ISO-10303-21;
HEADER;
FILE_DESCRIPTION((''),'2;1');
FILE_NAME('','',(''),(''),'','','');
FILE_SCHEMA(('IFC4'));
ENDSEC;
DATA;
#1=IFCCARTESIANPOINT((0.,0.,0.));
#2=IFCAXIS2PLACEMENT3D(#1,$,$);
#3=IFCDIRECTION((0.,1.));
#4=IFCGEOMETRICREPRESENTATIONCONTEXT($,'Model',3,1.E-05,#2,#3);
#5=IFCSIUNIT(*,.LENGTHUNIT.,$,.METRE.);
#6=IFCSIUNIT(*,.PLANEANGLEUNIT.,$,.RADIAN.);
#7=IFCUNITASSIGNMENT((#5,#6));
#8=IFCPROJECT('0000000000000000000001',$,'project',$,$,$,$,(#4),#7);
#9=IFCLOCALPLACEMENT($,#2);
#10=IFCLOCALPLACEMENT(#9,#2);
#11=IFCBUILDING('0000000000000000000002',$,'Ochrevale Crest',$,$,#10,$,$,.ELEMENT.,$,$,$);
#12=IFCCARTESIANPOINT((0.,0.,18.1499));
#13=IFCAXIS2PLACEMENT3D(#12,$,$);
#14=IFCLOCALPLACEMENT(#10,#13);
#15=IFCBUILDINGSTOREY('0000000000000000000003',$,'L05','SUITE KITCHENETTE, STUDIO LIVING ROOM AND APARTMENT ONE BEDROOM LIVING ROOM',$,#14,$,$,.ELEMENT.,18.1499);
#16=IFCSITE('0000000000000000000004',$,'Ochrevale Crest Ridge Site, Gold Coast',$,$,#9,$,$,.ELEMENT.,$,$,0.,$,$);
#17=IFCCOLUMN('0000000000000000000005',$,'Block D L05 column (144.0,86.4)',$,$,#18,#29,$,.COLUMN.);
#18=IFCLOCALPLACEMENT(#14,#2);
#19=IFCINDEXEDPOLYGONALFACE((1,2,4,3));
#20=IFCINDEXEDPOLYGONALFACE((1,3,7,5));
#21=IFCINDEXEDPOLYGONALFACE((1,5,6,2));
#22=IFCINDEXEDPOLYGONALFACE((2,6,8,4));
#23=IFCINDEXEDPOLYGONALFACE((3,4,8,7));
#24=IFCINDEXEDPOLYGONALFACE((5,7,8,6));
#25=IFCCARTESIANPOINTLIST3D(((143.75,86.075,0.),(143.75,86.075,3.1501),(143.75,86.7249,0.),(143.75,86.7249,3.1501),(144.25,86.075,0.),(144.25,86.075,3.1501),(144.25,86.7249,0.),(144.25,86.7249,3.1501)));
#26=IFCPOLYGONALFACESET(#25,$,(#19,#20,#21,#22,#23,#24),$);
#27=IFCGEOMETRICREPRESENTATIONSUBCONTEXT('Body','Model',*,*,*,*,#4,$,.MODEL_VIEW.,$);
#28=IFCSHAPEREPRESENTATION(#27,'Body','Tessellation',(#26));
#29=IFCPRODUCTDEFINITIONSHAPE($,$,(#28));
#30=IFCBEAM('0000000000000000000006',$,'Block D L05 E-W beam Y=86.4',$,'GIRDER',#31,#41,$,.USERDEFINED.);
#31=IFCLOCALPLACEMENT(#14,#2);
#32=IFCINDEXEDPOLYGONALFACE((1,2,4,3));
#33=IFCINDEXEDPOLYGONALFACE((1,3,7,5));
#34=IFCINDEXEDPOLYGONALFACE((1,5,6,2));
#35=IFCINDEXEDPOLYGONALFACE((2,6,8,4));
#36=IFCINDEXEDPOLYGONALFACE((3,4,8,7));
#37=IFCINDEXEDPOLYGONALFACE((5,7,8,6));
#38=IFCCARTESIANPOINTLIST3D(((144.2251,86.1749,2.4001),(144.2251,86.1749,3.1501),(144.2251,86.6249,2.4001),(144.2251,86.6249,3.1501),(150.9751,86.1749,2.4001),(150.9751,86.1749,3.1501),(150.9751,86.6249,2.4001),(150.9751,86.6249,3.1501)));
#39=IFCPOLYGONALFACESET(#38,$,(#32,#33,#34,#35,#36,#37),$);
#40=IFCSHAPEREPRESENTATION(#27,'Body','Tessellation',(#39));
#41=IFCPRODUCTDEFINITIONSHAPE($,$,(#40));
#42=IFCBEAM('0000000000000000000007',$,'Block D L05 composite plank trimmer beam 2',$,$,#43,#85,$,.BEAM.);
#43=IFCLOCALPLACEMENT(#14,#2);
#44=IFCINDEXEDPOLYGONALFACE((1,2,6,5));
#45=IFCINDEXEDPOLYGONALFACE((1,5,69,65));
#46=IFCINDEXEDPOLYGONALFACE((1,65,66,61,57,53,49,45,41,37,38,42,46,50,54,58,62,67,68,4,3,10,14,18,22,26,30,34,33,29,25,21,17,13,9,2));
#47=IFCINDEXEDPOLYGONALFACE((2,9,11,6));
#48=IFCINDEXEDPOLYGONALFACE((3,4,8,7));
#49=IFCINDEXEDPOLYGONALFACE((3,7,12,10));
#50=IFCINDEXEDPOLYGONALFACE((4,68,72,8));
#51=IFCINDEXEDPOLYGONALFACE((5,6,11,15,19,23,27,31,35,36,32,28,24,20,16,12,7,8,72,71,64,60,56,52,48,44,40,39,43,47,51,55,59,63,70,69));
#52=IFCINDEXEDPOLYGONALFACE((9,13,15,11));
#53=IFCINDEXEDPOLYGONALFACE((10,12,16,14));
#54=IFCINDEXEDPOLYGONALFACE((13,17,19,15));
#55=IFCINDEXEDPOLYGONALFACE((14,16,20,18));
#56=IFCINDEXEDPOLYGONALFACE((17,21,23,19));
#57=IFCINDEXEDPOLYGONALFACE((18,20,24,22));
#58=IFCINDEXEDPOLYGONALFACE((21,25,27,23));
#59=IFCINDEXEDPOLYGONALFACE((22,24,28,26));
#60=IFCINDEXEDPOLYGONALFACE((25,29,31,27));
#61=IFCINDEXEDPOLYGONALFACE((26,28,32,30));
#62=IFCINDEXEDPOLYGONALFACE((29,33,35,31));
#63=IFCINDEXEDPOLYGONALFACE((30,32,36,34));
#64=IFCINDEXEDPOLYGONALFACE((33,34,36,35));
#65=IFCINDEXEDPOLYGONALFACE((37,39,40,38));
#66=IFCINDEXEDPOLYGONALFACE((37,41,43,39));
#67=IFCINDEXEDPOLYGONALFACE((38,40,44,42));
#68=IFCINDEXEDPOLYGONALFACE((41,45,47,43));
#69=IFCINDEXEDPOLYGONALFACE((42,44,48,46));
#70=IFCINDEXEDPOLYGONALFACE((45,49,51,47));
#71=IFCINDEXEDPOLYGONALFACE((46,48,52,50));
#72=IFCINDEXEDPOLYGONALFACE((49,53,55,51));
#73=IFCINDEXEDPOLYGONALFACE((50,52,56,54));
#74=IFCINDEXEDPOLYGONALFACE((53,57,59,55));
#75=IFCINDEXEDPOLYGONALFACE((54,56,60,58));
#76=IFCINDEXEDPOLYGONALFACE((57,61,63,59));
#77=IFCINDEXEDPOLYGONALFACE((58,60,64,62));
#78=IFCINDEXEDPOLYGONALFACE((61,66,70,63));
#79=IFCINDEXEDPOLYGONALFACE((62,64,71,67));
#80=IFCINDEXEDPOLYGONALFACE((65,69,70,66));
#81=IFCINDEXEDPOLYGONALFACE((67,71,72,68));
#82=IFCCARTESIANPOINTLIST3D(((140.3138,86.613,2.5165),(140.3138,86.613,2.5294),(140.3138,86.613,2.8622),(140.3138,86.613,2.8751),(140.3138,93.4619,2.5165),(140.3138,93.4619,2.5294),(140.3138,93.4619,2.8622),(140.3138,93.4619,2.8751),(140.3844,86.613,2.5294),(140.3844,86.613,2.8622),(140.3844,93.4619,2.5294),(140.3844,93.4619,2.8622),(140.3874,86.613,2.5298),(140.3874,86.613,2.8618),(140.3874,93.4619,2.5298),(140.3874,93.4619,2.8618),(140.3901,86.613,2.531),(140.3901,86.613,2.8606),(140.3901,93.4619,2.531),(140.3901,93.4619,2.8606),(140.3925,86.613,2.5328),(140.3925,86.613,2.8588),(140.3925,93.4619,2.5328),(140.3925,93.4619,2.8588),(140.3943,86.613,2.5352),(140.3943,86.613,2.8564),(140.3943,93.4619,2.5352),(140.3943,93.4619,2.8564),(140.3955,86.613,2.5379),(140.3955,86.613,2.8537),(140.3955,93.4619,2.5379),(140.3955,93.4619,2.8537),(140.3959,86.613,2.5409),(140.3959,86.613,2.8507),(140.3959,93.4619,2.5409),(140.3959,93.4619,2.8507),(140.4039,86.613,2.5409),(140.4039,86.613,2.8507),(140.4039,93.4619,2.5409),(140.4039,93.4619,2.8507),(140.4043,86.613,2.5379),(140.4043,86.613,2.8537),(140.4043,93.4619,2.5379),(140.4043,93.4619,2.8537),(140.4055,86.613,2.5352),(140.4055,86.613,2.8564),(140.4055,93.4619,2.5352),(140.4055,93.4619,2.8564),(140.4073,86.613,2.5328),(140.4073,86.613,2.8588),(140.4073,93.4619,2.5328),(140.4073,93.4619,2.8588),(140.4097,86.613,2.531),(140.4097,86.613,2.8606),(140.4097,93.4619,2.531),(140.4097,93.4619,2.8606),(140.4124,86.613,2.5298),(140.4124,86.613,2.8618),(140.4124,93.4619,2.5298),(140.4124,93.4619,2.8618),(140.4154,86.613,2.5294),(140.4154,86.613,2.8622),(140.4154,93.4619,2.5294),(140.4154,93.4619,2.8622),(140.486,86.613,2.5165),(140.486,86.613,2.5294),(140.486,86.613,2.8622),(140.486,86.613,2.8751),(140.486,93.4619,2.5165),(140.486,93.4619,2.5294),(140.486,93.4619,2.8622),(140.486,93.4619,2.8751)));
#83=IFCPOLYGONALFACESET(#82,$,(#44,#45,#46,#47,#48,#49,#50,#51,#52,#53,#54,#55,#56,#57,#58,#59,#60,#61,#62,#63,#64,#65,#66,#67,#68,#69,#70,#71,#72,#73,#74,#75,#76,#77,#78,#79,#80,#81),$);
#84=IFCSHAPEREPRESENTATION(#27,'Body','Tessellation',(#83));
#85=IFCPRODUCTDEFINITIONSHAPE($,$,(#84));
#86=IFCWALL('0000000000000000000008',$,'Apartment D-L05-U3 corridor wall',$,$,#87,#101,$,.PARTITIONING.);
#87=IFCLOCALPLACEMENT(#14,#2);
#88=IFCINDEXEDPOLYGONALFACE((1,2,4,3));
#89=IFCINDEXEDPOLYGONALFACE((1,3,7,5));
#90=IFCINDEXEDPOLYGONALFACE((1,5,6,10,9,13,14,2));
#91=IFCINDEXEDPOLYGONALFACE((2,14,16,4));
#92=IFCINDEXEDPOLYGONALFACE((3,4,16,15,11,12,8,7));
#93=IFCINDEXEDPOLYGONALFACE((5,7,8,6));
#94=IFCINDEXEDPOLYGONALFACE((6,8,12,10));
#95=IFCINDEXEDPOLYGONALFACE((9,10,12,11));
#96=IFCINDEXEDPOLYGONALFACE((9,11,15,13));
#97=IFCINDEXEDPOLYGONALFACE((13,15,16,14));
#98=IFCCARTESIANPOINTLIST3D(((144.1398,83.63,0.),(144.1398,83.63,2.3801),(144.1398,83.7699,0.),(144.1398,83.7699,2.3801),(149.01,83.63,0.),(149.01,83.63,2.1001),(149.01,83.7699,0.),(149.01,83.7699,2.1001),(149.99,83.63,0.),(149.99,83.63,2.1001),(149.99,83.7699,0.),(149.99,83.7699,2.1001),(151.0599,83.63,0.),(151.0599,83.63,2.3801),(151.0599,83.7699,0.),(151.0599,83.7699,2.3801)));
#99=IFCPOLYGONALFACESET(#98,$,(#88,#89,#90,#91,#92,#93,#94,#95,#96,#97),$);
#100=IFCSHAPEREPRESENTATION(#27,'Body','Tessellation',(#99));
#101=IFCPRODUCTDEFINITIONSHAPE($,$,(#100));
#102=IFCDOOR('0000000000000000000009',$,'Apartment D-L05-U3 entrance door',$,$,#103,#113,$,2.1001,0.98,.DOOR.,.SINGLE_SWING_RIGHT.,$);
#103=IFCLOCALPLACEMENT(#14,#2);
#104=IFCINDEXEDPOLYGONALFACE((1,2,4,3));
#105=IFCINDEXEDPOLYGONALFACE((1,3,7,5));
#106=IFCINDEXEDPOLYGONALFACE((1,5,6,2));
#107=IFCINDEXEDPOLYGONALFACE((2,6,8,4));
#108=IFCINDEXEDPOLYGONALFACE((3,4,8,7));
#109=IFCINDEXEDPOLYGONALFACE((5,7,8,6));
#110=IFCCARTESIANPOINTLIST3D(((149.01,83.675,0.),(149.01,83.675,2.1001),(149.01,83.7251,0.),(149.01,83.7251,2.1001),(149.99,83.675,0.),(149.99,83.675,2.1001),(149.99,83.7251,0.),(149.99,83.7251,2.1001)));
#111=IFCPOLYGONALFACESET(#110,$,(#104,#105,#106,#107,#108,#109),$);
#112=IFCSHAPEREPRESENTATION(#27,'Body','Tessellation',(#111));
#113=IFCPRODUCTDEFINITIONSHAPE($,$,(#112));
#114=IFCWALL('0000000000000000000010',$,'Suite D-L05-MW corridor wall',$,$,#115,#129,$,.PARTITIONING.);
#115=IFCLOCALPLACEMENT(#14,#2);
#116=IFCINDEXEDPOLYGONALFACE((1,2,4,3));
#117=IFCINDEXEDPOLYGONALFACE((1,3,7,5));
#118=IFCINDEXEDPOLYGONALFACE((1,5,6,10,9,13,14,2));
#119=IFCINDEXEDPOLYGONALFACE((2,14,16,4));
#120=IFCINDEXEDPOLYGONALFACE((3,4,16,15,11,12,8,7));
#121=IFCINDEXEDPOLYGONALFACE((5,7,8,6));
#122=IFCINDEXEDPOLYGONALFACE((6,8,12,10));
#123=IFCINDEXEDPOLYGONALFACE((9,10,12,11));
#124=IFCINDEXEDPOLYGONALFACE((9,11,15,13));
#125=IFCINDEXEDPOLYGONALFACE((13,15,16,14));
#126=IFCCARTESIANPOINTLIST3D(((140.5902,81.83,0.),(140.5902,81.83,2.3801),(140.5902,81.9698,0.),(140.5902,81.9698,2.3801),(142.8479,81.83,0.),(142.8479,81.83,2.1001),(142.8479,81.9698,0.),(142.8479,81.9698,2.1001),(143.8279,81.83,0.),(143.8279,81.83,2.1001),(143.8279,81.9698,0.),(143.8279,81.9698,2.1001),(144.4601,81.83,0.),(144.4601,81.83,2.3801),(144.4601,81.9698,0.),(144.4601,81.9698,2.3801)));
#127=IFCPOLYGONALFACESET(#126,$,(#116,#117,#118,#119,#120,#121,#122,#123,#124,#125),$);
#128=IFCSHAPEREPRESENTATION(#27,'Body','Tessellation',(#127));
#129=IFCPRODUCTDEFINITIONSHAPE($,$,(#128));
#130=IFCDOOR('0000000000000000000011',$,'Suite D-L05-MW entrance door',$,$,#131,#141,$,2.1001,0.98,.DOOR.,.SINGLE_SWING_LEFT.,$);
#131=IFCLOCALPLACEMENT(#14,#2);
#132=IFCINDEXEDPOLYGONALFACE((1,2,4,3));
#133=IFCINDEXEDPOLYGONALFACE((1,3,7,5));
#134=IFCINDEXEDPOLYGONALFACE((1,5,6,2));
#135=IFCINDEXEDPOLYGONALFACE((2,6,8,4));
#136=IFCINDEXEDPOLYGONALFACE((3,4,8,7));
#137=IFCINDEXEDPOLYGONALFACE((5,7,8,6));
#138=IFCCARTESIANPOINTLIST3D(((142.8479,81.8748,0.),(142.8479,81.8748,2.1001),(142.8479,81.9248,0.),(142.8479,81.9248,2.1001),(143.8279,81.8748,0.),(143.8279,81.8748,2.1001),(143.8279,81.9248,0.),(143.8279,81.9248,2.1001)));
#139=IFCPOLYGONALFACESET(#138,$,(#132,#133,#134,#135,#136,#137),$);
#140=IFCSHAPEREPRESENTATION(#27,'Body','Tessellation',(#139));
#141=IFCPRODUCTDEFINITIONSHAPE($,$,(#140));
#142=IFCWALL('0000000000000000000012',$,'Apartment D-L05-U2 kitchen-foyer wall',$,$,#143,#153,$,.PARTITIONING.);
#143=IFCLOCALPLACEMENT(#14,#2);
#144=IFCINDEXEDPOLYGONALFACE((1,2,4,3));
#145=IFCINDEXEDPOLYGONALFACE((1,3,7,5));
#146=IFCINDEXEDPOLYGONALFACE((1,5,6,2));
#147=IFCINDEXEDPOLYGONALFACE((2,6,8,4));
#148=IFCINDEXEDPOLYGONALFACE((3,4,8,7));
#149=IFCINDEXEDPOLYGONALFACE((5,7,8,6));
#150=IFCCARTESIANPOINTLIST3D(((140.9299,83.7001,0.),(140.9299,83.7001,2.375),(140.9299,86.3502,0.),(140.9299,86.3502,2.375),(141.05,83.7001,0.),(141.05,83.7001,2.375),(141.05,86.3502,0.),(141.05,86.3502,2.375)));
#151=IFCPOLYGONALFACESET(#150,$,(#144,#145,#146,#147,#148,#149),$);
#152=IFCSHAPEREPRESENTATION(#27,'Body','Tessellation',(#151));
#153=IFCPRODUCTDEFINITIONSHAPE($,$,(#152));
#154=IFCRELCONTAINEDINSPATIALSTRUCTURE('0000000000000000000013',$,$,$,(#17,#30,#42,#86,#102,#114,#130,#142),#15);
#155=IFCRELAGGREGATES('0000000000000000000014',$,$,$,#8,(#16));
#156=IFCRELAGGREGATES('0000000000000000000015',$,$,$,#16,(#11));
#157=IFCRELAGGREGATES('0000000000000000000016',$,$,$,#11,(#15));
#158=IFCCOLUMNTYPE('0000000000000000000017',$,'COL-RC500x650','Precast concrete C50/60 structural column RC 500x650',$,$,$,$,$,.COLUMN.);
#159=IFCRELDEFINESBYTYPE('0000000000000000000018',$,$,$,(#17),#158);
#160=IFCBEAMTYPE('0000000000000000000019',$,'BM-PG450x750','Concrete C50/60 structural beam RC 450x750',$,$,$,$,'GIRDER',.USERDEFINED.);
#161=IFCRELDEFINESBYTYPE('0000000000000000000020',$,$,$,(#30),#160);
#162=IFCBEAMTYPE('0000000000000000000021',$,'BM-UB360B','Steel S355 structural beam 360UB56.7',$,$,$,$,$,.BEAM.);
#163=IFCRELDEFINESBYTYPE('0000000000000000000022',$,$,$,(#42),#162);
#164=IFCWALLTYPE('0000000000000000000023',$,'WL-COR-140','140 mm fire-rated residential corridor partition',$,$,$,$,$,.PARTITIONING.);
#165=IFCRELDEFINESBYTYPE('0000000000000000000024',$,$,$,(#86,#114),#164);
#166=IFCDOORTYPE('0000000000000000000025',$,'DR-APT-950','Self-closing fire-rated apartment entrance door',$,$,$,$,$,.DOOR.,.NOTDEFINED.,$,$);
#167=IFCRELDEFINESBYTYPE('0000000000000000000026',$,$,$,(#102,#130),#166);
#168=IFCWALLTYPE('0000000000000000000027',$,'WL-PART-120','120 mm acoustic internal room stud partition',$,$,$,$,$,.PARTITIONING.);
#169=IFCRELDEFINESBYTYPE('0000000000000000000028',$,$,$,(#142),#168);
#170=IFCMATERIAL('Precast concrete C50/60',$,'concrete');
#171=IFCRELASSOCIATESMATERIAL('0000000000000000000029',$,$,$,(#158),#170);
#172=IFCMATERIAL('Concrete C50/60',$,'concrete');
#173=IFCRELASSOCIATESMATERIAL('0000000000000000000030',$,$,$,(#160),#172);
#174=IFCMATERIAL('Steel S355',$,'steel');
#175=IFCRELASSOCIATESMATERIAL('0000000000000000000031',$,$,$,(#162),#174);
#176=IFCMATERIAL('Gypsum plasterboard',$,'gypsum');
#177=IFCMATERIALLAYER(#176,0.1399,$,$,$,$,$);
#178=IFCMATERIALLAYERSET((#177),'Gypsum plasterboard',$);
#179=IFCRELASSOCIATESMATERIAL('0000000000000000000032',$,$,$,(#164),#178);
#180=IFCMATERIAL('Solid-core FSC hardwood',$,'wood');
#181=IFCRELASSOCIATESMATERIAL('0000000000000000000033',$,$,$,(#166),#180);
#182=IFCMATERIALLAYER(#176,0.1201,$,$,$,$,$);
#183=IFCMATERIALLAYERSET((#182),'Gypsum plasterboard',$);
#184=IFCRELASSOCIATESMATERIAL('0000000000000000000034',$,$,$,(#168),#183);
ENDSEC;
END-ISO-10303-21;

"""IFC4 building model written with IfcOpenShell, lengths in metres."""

from ifc_helpers import new_model, si_unit, direction, frame, frame_2d, origin, origin_2d, place, context, subcontext, project, spatial, rectangle, i_section, extrude, material, layer, layer_set, material_profile, profile_set, type_object, element, fill, save


model = new_model("IFC4")

# Units and contexts
model_context = context("Model", 3, precision=1e-05, world=origin(), true_north=direction((0.0, 1.0)))
body_context = subcontext(model_context, "Body", "Model", "MODEL_VIEW")
ifc_project = project(units=[si_unit("LENGTHUNIT", "METRE"), si_unit("PLANEANGLEUNIT", "RADIAN")], contexts=[model_context])

# Site, building, storey
site_placement = place(None, origin())
site = spatial("IfcSite", under=ifc_project, at=site_placement, Name="Ochrevale Crest Ridge Site, Gold Coast", CompositionType="ELEMENT", RefElevation=0.0)
building_placement = place(site_placement, origin())
building = spatial("IfcBuilding", under=site, at=building_placement, Name="Ochrevale Crest", CompositionType="ELEMENT")
storey_placement = place(building_placement, frame((0.0, 0.0, 18.1499)))
storey = spatial("IfcBuildingStorey", under=building, at=storey_placement, Name="L05", Description="SUITE KITCHENETTE, STUDIO LIVING ROOM AND APARTMENT ONE BEDROOM LIVING ROOM", CompositionType="ELEMENT", Elevation=18.1499)

# Column
ifc_material_1 = material(Name="Precast concrete C50/60", Category="concrete")
ifc_material_profile_1 = material_profile(ifc_material_1, rectangle(XDim=0.5, YDim=0.6499, at=origin_2d()), Name="RC 500x650")
ifc_profile_set_1 = profile_set([ifc_material_profile_1], Name="Precast concrete C50/60")
column_type = type_object("IfcColumnType", Name="COL-RC500x650", Description="Precast concrete C50/60 structural column RC 500x650", PredefinedType="COLUMN", material=ifc_profile_set_1)
column_placement = place(storey_placement, frame((144.0, 86.3999, 0.0), z_axis=(0.0, 0.0, 1.0), x_axis=(1.0, 0.0, 0.0)))
element("IfcColumn", 1, at=column_placement, inside=storey, type_object=column_type, Name="Block D L05 column (144.0,86.4)", PredefinedType="COLUMN", context=body_context, shape_type="SweptSolid", body=[
    extrude(rectangle(XDim=0.5, YDim=0.6499, at=origin_2d()), origin(), (0.0, 0.0, 1.0), 3.1501),
])

# Beams
ifc_material_2 = material(Name="Concrete C50/60", Category="concrete")
ifc_material_profile_2 = material_profile(ifc_material_2, rectangle(XDim=0.45, YDim=0.75, at=origin_2d()), Name="RC 450x750")
ifc_profile_set_2 = profile_set([ifc_material_profile_2], Name="Concrete C50/60")
beam_type_1 = type_object("IfcBeamType", Name="BM-PG450x750", Description="Concrete C50/60 structural beam RC 450x750", ElementType="GIRDER", PredefinedType="USERDEFINED", material=ifc_profile_set_2)
beam_1_placement = place(storey_placement, frame((144.2251, 86.3999, 2.7751), z_axis=(1.0, 0.0, 0.0), x_axis=(0.0, 1.0, 0.0)))
element("IfcBeam", 2, at=beam_1_placement, inside=storey, type_object=beam_type_1, Name="Block D L05 E-W beam Y=86.4", ObjectType="GIRDER", PredefinedType="USERDEFINED", context=body_context, shape_type="SweptSolid", body=[
    extrude(rectangle(XDim=0.45, YDim=0.75, at=origin_2d()), origin(), (0.0, 0.0, 1.0), 6.75),
])
ifc_material_3 = material(Name="Steel S355", Category="steel")
ifc_material_profile_3 = material_profile(ifc_material_3, i_section(OverallWidth=0.1721, OverallDepth=0.3586, WebThickness=0.0081, FlangeThickness=0.0129, FilletRadius=0.0115, at=origin_2d()), Name="360UB56.7")
ifc_profile_set_3 = profile_set([ifc_material_profile_3], Name="Steel S355")
beam_type_2 = type_object("IfcBeamType", Name="BM-UB360B", Description="Steel S355 structural beam 360UB56.7", PredefinedType="BEAM", material=ifc_profile_set_3)
beam_2_placement = place(storey_placement, frame((140.3999, 86.613, 2.6958), z_axis=(0.0, 1.0, 0.0), x_axis=(-1.0, 0.0, 0.0)))
element("IfcBeam", 3, at=beam_2_placement, inside=storey, type_object=beam_type_2, Name="Block D L05 composite plank trimmer beam 2", PredefinedType="BEAM", context=body_context, shape_type="SweptSolid", body=[
    extrude(i_section(OverallWidth=0.1721, OverallDepth=0.3586, WebThickness=0.0081, FlangeThickness=0.0129, FilletRadius=0.0115, at=origin_2d()), origin(), (0.0, 0.0, 1.0), 6.8489),
])

# Walls, openings, doors
ifc_material_4 = material(Name="Gypsum plasterboard", Category="gypsum")
ifc_layer_1 = layer(ifc_material_4, 0.1399)
ifc_layer_set_1 = layer_set([ifc_layer_1], Name="Gypsum plasterboard")
wall_type_1 = type_object("IfcWallType", Name="WL-COR-140", Description="140 mm fire-rated residential corridor partition", PredefinedType="PARTITIONING", material=ifc_layer_set_1)
wall_1_placement = place(storey_placement, frame((144.1399, 83.7, 0.0), z_axis=(0.0, 0.0, 1.0), x_axis=(1.0, 0.0, 0.0)))
wall_1 = element("IfcWall", 4, at=wall_1_placement, inside=storey, type_object=wall_type_1, Name="Apartment D-L05-U3 corridor wall", PredefinedType="PARTITIONING", context=body_context, shape_type="SweptSolid", body=[
    extrude(rectangle(XDim=6.9202, YDim=0.1399, at=frame_2d((3.46, 0.0))), origin(), (0.0, 0.0, 1.0), 2.3801),
])
opening_1_placement = place(wall_1_placement, frame((5.8501, 0.0, 0.0), z_axis=(0.0, 0.0, 1.0), x_axis=(-1.0, 0.0, 0.0)))
opening_1 = element("IfcOpeningElement", 5, at=opening_1_placement, cuts=wall_1, PredefinedType="OPENING", context=body_context, shape_type="SweptSolid", body=[
    extrude(rectangle(XDim=0.98, YDim=2.1001, at=frame_2d((0.49, 1.05))), frame((0.0, 0.0801, 0.0), z_axis=(0.0, -1.0, 0.0), x_axis=(1.0, 0.0, 0.0)), (0.0, 0.0, 1.0), 0.1599),
])
ifc_material_5 = material(Name="Solid-core FSC hardwood", Category="wood")
door_type_1 = type_object("IfcDoorType", Name="DR-APT-950", Description="Self-closing fire-rated apartment entrance door", OperationType="NOTDEFINED", PredefinedType="DOOR", material=ifc_material_5)
door_1_placement = place(opening_1_placement, origin())
door_1 = element("IfcDoor", 6, at=door_1_placement, inside=storey, type_object=door_type_1, Name="Apartment D-L05-U3 entrance door", OperationType="SINGLE_SWING_RIGHT", OverallHeight=2.1001, OverallWidth=0.98, PredefinedType="DOOR", context=body_context, shape_type="SweptSolid", body=[
    extrude(rectangle(XDim=0.98, YDim=2.1001, at=frame_2d((0.49, 1.05))), frame((0.0, 0.0249, 0.0), z_axis=(0.0, -1.0, 0.0), x_axis=(1.0, 0.0, 0.0)), (0.0, 0.0, 1.0), 0.05),
])
fill(opening_1, door_1)
wall_2_placement = place(storey_placement, frame((140.5901, 81.8999, 0.0), z_axis=(0.0, 0.0, 1.0), x_axis=(1.0, 0.0, 0.0)))
wall_2 = element("IfcWall", 7, at=wall_2_placement, inside=storey, type_object=wall_type_1, Name="Suite D-L05-MW corridor wall", PredefinedType="PARTITIONING", context=body_context, shape_type="SweptSolid", body=[
    extrude(rectangle(XDim=3.8699, YDim=0.1399, at=frame_2d((1.9351, 0.0))), origin(), (0.0, 0.0, 1.0), 2.3801),
])
opening_2_placement = place(wall_2_placement, frame((2.2578, 0.0, 0.0)))
opening_2 = element("IfcOpeningElement", 8, at=opening_2_placement, cuts=wall_2, PredefinedType="OPENING", context=body_context, shape_type="SweptSolid", body=[
    extrude(rectangle(XDim=0.98, YDim=2.1001, at=frame_2d((0.49, 1.05))), frame((0.0, 0.0801, 0.0), z_axis=(0.0, -1.0, 0.0), x_axis=(1.0, 0.0, 0.0)), (0.0, 0.0, 1.0), 0.1599),
])
door_2_placement = place(opening_2_placement, origin())
door_2 = element("IfcDoor", 9, at=door_2_placement, inside=storey, type_object=door_type_1, Name="Suite D-L05-MW entrance door", OperationType="SINGLE_SWING_LEFT", OverallHeight=2.1001, OverallWidth=0.98, PredefinedType="DOOR", context=body_context, shape_type="SweptSolid", body=[
    extrude(rectangle(XDim=0.98, YDim=2.1001, at=frame_2d((0.49, 1.05))), frame((0.0, 0.0249, 0.0), z_axis=(0.0, -1.0, 0.0), x_axis=(1.0, 0.0, 0.0)), (0.0, 0.0, 1.0), 0.05),
])
fill(opening_2, door_2)

# Wall
ifc_layer_2 = layer(ifc_material_4, 0.1201)
ifc_layer_set_2 = layer_set([ifc_layer_2], Name="Gypsum plasterboard")
wall_type_2 = type_object("IfcWallType", Name="WL-PART-120", Description="120 mm acoustic internal room stud partition", PredefinedType="PARTITIONING", material=ifc_layer_set_2)
wall_3_placement = place(storey_placement, frame((140.99, 83.7, 0.0), z_axis=(0.0, 0.0, 1.0), x_axis=(0.0, 1.0, 0.0)))
element("IfcWall", 10, at=wall_3_placement, inside=storey, type_object=wall_type_2, Name="Apartment D-L05-U2 kitchen-foyer wall", PredefinedType="PARTITIONING", context=body_context, shape_type="SweptSolid", body=[
    extrude(rectangle(XDim=2.6501, YDim=0.1201, at=frame_2d((1.3252, 0.0))), origin(), (0.0, 0.0, 1.0), 2.375),
])

save(model, "model.ifc")
